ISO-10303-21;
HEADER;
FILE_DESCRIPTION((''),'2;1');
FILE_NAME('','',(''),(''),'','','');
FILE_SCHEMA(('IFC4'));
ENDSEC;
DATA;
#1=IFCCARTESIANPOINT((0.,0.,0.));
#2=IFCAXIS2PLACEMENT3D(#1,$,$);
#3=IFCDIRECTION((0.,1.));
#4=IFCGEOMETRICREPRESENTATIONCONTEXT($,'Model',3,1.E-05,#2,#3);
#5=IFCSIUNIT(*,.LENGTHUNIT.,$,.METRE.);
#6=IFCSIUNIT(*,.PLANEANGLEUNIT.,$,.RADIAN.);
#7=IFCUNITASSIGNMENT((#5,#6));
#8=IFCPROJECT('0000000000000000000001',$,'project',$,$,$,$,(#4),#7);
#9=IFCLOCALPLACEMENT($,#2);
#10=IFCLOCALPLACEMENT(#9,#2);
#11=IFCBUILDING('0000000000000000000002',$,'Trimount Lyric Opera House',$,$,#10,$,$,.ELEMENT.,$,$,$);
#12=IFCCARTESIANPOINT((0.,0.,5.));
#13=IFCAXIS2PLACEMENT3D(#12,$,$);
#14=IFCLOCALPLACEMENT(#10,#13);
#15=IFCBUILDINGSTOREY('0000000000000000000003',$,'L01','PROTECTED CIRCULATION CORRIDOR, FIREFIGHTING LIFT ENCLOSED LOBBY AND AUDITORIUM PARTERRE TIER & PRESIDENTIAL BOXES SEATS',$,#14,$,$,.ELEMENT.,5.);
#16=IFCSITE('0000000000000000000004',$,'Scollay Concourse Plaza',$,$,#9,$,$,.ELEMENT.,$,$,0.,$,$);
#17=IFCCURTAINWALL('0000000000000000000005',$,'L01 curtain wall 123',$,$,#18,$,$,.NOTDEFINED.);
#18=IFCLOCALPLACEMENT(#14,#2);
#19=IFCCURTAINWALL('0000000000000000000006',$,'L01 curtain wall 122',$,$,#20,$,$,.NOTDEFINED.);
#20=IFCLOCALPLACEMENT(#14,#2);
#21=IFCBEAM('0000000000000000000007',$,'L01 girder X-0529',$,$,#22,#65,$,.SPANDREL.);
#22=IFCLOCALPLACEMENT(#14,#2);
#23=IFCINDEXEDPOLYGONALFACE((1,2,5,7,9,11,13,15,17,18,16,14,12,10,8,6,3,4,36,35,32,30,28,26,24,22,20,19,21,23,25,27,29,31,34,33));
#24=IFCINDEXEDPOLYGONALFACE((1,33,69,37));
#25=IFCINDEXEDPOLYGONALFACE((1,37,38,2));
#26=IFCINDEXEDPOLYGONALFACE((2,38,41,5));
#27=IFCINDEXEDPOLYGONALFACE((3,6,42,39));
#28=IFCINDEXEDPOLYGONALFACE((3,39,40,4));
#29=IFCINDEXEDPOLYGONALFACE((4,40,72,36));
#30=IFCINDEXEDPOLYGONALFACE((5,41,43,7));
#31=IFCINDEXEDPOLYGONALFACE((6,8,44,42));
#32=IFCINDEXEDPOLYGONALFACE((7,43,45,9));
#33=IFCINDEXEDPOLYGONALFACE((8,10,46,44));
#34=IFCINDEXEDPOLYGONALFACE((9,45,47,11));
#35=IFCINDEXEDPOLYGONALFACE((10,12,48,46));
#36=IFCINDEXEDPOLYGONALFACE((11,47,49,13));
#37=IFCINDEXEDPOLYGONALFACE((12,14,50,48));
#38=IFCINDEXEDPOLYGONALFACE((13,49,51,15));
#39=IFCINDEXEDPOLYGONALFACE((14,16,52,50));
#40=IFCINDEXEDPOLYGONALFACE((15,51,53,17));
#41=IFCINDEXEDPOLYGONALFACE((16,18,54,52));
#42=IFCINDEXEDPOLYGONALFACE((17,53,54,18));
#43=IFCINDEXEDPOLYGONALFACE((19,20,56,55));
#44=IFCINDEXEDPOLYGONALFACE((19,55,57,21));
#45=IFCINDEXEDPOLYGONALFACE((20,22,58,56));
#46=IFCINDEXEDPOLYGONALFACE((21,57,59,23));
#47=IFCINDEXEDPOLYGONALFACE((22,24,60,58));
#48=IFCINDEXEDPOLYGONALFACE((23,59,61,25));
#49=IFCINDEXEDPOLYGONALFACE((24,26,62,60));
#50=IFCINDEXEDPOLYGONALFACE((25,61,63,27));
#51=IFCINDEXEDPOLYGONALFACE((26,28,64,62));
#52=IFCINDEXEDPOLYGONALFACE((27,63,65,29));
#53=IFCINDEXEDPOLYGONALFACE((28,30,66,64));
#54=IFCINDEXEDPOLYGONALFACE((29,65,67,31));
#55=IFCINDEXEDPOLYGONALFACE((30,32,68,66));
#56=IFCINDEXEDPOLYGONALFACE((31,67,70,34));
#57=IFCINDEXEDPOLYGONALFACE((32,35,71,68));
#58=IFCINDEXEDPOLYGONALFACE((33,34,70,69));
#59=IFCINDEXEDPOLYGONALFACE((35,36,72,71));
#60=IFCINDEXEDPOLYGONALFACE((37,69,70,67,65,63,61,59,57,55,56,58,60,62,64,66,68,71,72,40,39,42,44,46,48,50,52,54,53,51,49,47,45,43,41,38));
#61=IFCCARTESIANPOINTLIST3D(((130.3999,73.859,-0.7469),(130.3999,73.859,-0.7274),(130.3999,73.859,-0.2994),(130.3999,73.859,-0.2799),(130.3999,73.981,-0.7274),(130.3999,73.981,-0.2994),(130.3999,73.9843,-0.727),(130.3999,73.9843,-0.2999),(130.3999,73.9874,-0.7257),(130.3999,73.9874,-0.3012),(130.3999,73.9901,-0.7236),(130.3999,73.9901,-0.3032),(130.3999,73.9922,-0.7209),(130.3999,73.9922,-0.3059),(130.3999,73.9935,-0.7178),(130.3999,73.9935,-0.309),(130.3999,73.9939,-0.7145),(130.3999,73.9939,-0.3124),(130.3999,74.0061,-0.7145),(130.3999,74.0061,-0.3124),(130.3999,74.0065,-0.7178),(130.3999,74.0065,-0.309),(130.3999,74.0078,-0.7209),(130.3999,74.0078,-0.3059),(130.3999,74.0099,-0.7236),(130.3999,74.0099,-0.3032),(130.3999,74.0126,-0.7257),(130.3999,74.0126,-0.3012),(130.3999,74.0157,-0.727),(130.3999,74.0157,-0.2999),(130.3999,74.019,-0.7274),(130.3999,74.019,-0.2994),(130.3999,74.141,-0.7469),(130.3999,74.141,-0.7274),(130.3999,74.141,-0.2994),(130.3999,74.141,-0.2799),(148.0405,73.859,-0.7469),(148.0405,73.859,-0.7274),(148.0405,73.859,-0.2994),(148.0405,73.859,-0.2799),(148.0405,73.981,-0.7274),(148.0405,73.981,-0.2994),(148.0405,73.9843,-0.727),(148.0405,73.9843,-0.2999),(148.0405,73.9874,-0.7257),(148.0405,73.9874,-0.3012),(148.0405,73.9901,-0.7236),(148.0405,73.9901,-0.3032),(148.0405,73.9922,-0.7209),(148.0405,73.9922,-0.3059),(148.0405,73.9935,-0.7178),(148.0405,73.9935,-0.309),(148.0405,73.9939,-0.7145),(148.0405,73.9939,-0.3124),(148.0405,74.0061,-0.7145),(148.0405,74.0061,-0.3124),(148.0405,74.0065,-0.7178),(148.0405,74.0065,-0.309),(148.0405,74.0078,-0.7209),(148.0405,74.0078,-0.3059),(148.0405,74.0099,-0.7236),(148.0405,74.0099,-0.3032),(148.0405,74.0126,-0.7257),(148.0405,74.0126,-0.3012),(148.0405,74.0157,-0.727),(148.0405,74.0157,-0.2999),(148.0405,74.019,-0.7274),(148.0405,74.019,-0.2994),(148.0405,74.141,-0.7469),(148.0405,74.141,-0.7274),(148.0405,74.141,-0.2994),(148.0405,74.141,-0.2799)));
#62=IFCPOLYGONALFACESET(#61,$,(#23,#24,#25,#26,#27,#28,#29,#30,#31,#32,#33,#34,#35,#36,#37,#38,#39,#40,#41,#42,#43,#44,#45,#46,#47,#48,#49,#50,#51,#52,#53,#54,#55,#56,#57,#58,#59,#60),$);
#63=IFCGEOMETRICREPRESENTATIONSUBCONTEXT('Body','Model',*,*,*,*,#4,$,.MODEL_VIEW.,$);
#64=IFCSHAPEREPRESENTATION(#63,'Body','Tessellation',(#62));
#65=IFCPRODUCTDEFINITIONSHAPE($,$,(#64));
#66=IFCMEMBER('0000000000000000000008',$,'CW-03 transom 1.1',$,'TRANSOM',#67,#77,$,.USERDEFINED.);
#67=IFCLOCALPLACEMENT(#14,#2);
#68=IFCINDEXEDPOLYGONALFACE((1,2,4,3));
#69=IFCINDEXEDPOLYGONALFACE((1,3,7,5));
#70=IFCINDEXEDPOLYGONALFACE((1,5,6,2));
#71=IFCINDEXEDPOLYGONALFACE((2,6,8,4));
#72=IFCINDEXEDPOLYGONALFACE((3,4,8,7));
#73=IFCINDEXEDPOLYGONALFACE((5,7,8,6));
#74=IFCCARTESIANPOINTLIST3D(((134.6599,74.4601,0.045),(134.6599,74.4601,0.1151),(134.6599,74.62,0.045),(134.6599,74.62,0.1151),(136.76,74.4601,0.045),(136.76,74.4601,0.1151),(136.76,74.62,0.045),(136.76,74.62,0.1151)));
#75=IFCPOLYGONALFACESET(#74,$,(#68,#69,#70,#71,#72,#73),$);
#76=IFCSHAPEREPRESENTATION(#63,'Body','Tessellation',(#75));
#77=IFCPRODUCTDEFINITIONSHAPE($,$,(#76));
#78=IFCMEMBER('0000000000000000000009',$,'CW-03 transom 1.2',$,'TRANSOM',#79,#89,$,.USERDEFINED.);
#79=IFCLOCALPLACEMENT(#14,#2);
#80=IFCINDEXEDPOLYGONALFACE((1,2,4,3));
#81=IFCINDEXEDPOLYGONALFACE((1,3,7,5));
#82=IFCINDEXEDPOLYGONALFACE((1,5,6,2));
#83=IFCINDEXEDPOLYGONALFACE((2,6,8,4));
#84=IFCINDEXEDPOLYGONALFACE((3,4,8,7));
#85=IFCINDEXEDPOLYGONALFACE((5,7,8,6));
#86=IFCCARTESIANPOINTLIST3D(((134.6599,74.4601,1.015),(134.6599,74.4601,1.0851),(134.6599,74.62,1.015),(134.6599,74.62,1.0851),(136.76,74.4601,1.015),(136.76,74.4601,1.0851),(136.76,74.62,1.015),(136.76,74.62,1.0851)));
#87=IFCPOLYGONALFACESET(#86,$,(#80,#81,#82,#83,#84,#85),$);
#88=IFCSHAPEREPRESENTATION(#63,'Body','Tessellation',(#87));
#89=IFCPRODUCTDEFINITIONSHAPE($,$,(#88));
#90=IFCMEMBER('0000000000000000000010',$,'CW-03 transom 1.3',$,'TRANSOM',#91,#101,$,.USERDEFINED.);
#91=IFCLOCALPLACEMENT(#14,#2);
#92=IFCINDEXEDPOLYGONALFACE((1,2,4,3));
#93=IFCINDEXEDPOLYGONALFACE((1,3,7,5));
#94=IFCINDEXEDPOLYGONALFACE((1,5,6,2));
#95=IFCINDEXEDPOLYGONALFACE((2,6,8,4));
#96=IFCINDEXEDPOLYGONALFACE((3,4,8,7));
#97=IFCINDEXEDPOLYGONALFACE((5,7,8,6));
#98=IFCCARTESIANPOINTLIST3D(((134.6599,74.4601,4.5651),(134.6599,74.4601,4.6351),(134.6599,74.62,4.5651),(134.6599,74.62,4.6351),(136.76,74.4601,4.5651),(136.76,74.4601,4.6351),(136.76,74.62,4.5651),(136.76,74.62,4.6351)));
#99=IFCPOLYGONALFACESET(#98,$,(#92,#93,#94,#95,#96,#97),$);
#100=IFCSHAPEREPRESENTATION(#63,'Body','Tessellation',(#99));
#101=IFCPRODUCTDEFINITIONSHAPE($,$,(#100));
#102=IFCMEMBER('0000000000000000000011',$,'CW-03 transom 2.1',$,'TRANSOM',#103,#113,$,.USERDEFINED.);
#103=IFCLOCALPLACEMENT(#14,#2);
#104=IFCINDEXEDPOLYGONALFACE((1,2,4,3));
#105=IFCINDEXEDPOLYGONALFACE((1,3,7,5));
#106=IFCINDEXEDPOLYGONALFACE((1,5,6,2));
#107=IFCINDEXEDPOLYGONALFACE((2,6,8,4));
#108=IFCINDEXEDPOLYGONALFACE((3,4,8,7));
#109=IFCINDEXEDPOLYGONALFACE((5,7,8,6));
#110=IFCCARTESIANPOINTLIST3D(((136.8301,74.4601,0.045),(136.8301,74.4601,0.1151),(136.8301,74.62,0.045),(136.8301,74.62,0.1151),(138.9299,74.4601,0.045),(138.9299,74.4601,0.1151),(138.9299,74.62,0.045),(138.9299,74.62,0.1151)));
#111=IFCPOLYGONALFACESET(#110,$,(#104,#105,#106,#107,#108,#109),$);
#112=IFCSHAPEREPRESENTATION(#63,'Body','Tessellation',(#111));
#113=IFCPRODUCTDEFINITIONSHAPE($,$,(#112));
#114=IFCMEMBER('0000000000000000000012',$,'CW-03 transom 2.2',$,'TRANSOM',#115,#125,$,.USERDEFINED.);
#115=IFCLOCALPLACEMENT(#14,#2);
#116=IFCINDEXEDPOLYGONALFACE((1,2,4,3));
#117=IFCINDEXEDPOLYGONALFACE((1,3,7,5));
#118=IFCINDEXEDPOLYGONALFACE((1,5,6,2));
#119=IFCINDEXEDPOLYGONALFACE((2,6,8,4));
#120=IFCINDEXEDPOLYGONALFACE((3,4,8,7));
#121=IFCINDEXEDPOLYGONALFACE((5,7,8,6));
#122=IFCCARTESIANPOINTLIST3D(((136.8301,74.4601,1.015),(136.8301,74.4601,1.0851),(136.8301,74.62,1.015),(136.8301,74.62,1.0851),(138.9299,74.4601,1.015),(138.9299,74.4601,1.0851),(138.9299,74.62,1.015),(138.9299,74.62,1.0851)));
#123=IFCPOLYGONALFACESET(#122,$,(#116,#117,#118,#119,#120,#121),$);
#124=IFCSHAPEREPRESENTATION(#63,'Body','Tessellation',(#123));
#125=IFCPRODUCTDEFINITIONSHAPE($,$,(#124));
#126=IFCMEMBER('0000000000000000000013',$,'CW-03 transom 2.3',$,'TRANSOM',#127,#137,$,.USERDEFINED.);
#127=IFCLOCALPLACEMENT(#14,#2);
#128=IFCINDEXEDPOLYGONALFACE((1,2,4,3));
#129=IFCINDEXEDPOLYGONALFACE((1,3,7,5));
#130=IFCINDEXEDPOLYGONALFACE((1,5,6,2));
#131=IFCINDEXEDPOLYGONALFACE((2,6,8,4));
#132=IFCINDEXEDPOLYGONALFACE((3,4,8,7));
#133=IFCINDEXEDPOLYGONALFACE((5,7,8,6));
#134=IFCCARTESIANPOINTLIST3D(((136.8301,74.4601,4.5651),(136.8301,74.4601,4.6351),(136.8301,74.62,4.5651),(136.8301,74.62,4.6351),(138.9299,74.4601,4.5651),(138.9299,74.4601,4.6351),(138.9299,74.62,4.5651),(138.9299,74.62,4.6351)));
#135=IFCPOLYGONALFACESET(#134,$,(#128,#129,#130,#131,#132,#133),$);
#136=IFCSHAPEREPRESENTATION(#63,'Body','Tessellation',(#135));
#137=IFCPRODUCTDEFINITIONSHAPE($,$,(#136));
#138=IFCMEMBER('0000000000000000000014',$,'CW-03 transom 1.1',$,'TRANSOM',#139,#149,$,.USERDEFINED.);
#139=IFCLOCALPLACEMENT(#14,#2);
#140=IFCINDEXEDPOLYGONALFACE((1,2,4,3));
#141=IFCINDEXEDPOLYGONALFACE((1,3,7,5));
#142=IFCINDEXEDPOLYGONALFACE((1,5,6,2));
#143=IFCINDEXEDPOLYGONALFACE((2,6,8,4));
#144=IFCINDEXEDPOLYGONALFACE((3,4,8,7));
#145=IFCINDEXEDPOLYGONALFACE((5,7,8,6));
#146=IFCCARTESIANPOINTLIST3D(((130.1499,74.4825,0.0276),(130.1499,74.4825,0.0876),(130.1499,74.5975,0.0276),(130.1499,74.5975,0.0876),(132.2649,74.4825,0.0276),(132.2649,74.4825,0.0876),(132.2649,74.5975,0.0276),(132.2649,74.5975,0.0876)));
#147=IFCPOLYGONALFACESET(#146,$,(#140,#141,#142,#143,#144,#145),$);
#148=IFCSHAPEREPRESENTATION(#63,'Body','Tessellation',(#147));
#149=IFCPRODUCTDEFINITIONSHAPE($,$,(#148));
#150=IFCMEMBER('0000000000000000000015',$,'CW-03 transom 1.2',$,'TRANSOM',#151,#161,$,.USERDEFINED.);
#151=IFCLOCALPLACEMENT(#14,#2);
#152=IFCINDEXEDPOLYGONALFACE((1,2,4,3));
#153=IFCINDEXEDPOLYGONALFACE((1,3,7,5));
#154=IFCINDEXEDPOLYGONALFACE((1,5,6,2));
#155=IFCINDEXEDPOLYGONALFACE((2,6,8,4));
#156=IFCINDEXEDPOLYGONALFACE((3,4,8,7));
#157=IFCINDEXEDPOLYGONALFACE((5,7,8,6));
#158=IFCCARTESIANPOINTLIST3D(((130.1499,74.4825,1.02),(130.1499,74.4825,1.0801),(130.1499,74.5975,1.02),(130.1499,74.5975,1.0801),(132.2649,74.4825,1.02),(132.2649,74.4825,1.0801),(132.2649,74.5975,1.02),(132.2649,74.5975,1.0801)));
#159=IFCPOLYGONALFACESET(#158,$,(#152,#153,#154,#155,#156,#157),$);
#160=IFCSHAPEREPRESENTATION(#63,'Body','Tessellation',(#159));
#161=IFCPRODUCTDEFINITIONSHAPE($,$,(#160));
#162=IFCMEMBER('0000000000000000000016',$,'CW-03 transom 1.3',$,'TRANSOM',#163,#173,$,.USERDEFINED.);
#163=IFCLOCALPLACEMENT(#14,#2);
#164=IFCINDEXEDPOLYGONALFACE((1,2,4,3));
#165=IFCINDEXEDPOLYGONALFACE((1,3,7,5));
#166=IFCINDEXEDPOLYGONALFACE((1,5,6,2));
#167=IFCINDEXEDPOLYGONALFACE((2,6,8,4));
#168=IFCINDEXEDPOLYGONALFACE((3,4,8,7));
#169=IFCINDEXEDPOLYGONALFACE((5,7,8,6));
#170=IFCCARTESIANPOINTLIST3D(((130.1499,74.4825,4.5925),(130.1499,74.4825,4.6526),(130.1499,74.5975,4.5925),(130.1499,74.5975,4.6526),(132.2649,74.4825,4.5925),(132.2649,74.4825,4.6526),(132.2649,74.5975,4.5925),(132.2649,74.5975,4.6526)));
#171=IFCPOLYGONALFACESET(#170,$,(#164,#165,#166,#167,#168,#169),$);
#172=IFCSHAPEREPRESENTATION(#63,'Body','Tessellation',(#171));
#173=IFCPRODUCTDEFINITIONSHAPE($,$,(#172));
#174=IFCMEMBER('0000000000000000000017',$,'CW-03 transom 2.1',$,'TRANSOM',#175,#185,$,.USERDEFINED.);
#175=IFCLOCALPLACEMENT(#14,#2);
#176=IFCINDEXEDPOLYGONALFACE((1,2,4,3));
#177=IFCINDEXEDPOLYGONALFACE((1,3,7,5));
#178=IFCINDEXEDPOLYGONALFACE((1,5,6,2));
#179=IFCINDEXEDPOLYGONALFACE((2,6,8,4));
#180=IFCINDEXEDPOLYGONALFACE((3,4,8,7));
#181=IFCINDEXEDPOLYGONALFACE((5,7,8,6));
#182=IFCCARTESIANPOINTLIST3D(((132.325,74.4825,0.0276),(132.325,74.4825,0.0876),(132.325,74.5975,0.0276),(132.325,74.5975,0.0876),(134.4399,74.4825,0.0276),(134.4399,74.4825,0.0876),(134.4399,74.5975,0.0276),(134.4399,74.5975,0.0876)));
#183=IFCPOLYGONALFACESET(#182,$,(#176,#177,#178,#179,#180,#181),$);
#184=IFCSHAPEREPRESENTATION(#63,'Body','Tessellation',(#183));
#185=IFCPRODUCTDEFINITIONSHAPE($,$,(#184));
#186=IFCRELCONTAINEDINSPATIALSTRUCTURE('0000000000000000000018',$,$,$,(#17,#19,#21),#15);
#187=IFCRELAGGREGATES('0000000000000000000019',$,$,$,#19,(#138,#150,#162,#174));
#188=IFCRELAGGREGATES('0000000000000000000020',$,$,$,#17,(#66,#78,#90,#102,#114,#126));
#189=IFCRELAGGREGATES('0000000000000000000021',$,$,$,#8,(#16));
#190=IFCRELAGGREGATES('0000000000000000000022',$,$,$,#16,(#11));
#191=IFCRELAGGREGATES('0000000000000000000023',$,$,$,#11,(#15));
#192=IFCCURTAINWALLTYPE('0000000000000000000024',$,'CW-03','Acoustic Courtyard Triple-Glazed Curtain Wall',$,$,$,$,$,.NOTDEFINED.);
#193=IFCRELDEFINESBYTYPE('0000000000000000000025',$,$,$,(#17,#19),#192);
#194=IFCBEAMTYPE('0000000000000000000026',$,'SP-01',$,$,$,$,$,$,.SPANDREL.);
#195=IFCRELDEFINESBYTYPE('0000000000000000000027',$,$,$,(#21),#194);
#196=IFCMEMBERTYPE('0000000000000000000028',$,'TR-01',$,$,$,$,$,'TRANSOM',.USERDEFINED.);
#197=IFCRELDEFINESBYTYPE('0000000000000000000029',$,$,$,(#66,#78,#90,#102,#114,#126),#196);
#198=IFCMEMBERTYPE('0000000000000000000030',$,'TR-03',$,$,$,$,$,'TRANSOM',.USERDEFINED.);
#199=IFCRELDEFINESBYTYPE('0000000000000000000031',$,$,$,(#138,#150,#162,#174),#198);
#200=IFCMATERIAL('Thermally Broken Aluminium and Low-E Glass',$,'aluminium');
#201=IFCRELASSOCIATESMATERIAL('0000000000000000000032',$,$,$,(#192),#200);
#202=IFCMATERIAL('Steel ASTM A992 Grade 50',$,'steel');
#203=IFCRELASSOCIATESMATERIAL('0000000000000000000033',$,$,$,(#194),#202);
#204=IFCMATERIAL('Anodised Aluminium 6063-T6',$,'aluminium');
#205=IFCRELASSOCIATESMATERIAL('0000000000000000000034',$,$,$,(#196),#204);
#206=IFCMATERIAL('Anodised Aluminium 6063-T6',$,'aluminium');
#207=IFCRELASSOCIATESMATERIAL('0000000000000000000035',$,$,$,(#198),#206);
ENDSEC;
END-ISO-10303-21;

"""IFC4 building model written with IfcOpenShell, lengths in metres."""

from ifc_helpers import new_model, si_unit, direction, frame, origin, origin_2d, place, context, subcontext, project, spatial, rectangle, i_section, extrude, material, material_profile, profile_set, type_object, element, aggregate, save


model = new_model("IFC4")

# Units and contexts
model_context = context("Model", 3, precision=1e-05, world=origin(), true_north=direction((0.0, 1.0)))
body_context = subcontext(model_context, "Body", "Model", "MODEL_VIEW")
ifc_project = project(units=[si_unit("LENGTHUNIT", "METRE"), si_unit("PLANEANGLEUNIT", "RADIAN")], contexts=[model_context])

# Site, building, storey
site_placement = place(None, origin())
site = spatial("IfcSite", under=ifc_project, at=site_placement, Name="Scollay Concourse Plaza", CompositionType="ELEMENT", RefElevation=0.0)
building_placement = place(site_placement, origin())
building = spatial("IfcBuilding", under=site, at=building_placement, Name="Trimount Lyric Opera House", CompositionType="ELEMENT")
storey_placement = place(building_placement, frame((0.0, 0.0, 5.0)))
storey = spatial("IfcBuildingStorey", under=building, at=storey_placement, Name="L01", Description="PROTECTED CIRCULATION CORRIDOR, FIREFIGHTING LIFT ENCLOSED LOBBY AND AUDITORIUM PARTERRE TIER & PRESIDENTIAL BOXES SEATS", CompositionType="ELEMENT", Elevation=5.0)

# Curtain wall
ifc_material_1 = material(Name="Thermally Broken Aluminium and Low-E Glass", Category="aluminium")
curtain_wall_type = type_object("IfcCurtainWallType", Name="CW-03", Description="Acoustic Courtyard Triple-Glazed Curtain Wall", PredefinedType="NOTDEFINED", material=ifc_material_1)
curtain_wall_1_placement = place(storey_placement, origin())
curtain_wall_1 = element("IfcCurtainWall", 1, at=curtain_wall_1_placement, inside=storey, type_object=curtain_wall_type, Name="L01 curtain wall 123", PredefinedType="NOTDEFINED")

# Curtain wall
curtain_wall_2_placement = place(storey_placement, origin())
curtain_wall_2 = element("IfcCurtainWall", 2, at=curtain_wall_2_placement, inside=storey, type_object=curtain_wall_type, Name="L01 curtain wall 122", PredefinedType="NOTDEFINED")

# Beam
ifc_material_2 = material(Name="Steel ASTM A992 Grade 50", Category="steel")
ifc_material_profile_1 = material_profile(ifc_material_2, i_section(OverallWidth=0.282, OverallDepth=0.467, WebThickness=0.0122, FlangeThickness=0.0195, FilletRadius=0.0129, at=origin_2d()), Name="W18X86")
ifc_profile_set_1 = profile_set([ifc_material_profile_1], Name="Steel ASTM A992 Grade 50")
beam_type_1 = type_object("IfcBeamType", Name="SP-01", PredefinedType="SPANDREL", material=ifc_profile_set_1)
beam_1_placement = place(storey_placement, frame((130.3999, 74.0, -0.5134), z_axis=(1.0, 0.0, 0.0), x_axis=(0.0, 1.0, 0.0)))
element("IfcBeam", 3, at=beam_1_placement, inside=storey, type_object=beam_type_1, Name="L01 girder X-0529", PredefinedType="SPANDREL", context=body_context, shape_type="SweptSolid", body=[
    extrude(i_section(OverallWidth=0.282, OverallDepth=0.467, WebThickness=0.0122, FlangeThickness=0.0195, FilletRadius=0.0129, at=origin_2d()), origin(), (0.0, 0.0, 1.0), 17.6406),
])

# Members
ifc_material_3 = material(Name="Anodised Aluminium 6063-T6", Category="aluminium")
ifc_material_profile_2 = material_profile(ifc_material_3, rectangle(XDim=0.1599, YDim=0.0701, at=origin_2d()), Name="ALU-TRAN-70X160")
ifc_profile_set_2 = profile_set([ifc_material_profile_2], Name="Anodised Aluminium 6063-T6")
member_type_1 = type_object("IfcMemberType", Name="TR-01", ElementType="TRANSOM", PredefinedType="USERDEFINED", material=ifc_profile_set_2)
member_1_placement = place(storey_placement, frame((134.6599, 74.54, 0.0801), z_axis=(1.0, 0.0, 0.0), x_axis=(0.0, 1.0, 0.0)))
member_1 = element("IfcMember", 4, at=member_1_placement, type_object=member_type_1, Name="CW-03 transom 1.1", ObjectType="TRANSOM", PredefinedType="USERDEFINED", context=body_context, shape_type="SweptSolid", body=[
    extrude(rectangle(XDim=0.1599, YDim=0.0701, at=origin_2d()), origin(), (0.0, 0.0, 1.0), 2.1001),
])
member_2_placement = place(storey_placement, frame((134.6599, 74.54, 1.05), z_axis=(1.0, 0.0, 0.0), x_axis=(0.0, 1.0, 0.0)))
member_2 = element("IfcMember", 5, at=member_2_placement, type_object=member_type_1, Name="CW-03 transom 1.2", ObjectType="TRANSOM", PredefinedType="USERDEFINED", context=body_context, shape_type="SweptSolid", body=[
    extrude(rectangle(XDim=0.1599, YDim=0.0701, at=origin_2d()), origin(), (0.0, 0.0, 1.0), 2.1001),
])
member_3_placement = place(storey_placement, frame((134.6599, 74.54, 4.6001), z_axis=(1.0, 0.0, 0.0), x_axis=(0.0, 1.0, 0.0)))
member_3 = element("IfcMember", 6, at=member_3_placement, type_object=member_type_1, Name="CW-03 transom 1.3", ObjectType="TRANSOM", PredefinedType="USERDEFINED", context=body_context, shape_type="SweptSolid", body=[
    extrude(rectangle(XDim=0.1599, YDim=0.0701, at=origin_2d()), origin(), (0.0, 0.0, 1.0), 2.1001),
])
member_4_placement = place(storey_placement, frame((136.8301, 74.54, 0.0801), z_axis=(1.0, 0.0, 0.0), x_axis=(0.0, 1.0, 0.0)))
member_4 = element("IfcMember", 7, at=member_4_placement, type_object=member_type_1, Name="CW-03 transom 2.1", ObjectType="TRANSOM", PredefinedType="USERDEFINED", context=body_context, shape_type="SweptSolid", body=[
    extrude(rectangle(XDim=0.1599, YDim=0.0701, at=origin_2d()), origin(), (0.0, 0.0, 1.0), 2.0999),
])
member_5_placement = place(storey_placement, frame((136.8301, 74.54, 1.05), z_axis=(1.0, 0.0, 0.0), x_axis=(0.0, 1.0, 0.0)))
member_5 = element("IfcMember", 8, at=member_5_placement, type_object=member_type_1, Name="CW-03 transom 2.2", ObjectType="TRANSOM", PredefinedType="USERDEFINED", context=body_context, shape_type="SweptSolid", body=[
    extrude(rectangle(XDim=0.1599, YDim=0.0701, at=origin_2d()), origin(), (0.0, 0.0, 1.0), 2.0999),
])
member_6_placement = place(storey_placement, frame((136.8301, 74.54, 4.6001), z_axis=(1.0, 0.0, 0.0), x_axis=(0.0, 1.0, 0.0)))
member_6 = element("IfcMember", 9, at=member_6_placement, type_object=member_type_1, Name="CW-03 transom 2.3", ObjectType="TRANSOM", PredefinedType="USERDEFINED", context=body_context, shape_type="SweptSolid", body=[
    extrude(rectangle(XDim=0.1599, YDim=0.0701, at=origin_2d()), origin(), (0.0, 0.0, 1.0), 2.0999),
])
ifc_material_4 = material(Name="Anodised Aluminium 6063-T6", Category="aluminium")
ifc_material_profile_3 = material_profile(ifc_material_4, rectangle(XDim=0.115, YDim=0.0601, at=origin_2d()), Name="ALU-TRAN-60X115")
ifc_profile_set_3 = profile_set([ifc_material_profile_3], Name="Anodised Aluminium 6063-T6")
member_type_2 = type_object("IfcMemberType", Name="TR-03", ElementType="TRANSOM", PredefinedType="USERDEFINED", material=ifc_profile_set_3)
member_7_placement = place(storey_placement, frame((130.1499, 74.54, 0.0576), z_axis=(1.0, 0.0, 0.0), x_axis=(0.0, 1.0, 0.0)))
member_7 = element("IfcMember", 10, at=member_7_placement, type_object=member_type_2, Name="CW-03 transom 1.1", ObjectType="TRANSOM", PredefinedType="USERDEFINED", context=body_context, shape_type="SweptSolid", body=[
    extrude(rectangle(XDim=0.115, YDim=0.0601, at=origin_2d()), origin(), (0.0, 0.0, 1.0), 2.115),
])
member_8_placement = place(storey_placement, frame((130.1499, 74.54, 1.05), z_axis=(1.0, 0.0, 0.0), x_axis=(0.0, 1.0, 0.0)))
member_8 = element("IfcMember", 11, at=member_8_placement, type_object=member_type_2, Name="CW-03 transom 1.2", ObjectType="TRANSOM", PredefinedType="USERDEFINED", context=body_context, shape_type="SweptSolid", body=[
    extrude(rectangle(XDim=0.115, YDim=0.0601, at=origin_2d()), origin(), (0.0, 0.0, 1.0), 2.115),
])
member_9_placement = place(storey_placement, frame((130.1499, 74.54, 4.6226), z_axis=(1.0, 0.0, 0.0), x_axis=(0.0, 1.0, 0.0)))
member_9 = element("IfcMember", 12, at=member_9_placement, type_object=member_type_2, Name="CW-03 transom 1.3", ObjectType="TRANSOM", PredefinedType="USERDEFINED", context=body_context, shape_type="SweptSolid", body=[
    extrude(rectangle(XDim=0.115, YDim=0.0601, at=origin_2d()), origin(), (0.0, 0.0, 1.0), 2.115),
])
member_10_placement = place(storey_placement, frame((132.325, 74.54, 0.0576), z_axis=(1.0, 0.0, 0.0), x_axis=(0.0, 1.0, 0.0)))
member_10 = element("IfcMember", 13, at=member_10_placement, type_object=member_type_2, Name="CW-03 transom 2.1", ObjectType="TRANSOM", PredefinedType="USERDEFINED", context=body_context, shape_type="SweptSolid", body=[
    extrude(rectangle(XDim=0.115, YDim=0.0601, at=origin_2d()), origin(), (0.0, 0.0, 1.0), 2.115),
])

aggregate(curtain_wall_2, [member_7, member_8, member_9, member_10])
aggregate(curtain_wall_1, [member_1, member_2, member_3, member_4, member_5, member_6])

save(model, "model.ifc")
